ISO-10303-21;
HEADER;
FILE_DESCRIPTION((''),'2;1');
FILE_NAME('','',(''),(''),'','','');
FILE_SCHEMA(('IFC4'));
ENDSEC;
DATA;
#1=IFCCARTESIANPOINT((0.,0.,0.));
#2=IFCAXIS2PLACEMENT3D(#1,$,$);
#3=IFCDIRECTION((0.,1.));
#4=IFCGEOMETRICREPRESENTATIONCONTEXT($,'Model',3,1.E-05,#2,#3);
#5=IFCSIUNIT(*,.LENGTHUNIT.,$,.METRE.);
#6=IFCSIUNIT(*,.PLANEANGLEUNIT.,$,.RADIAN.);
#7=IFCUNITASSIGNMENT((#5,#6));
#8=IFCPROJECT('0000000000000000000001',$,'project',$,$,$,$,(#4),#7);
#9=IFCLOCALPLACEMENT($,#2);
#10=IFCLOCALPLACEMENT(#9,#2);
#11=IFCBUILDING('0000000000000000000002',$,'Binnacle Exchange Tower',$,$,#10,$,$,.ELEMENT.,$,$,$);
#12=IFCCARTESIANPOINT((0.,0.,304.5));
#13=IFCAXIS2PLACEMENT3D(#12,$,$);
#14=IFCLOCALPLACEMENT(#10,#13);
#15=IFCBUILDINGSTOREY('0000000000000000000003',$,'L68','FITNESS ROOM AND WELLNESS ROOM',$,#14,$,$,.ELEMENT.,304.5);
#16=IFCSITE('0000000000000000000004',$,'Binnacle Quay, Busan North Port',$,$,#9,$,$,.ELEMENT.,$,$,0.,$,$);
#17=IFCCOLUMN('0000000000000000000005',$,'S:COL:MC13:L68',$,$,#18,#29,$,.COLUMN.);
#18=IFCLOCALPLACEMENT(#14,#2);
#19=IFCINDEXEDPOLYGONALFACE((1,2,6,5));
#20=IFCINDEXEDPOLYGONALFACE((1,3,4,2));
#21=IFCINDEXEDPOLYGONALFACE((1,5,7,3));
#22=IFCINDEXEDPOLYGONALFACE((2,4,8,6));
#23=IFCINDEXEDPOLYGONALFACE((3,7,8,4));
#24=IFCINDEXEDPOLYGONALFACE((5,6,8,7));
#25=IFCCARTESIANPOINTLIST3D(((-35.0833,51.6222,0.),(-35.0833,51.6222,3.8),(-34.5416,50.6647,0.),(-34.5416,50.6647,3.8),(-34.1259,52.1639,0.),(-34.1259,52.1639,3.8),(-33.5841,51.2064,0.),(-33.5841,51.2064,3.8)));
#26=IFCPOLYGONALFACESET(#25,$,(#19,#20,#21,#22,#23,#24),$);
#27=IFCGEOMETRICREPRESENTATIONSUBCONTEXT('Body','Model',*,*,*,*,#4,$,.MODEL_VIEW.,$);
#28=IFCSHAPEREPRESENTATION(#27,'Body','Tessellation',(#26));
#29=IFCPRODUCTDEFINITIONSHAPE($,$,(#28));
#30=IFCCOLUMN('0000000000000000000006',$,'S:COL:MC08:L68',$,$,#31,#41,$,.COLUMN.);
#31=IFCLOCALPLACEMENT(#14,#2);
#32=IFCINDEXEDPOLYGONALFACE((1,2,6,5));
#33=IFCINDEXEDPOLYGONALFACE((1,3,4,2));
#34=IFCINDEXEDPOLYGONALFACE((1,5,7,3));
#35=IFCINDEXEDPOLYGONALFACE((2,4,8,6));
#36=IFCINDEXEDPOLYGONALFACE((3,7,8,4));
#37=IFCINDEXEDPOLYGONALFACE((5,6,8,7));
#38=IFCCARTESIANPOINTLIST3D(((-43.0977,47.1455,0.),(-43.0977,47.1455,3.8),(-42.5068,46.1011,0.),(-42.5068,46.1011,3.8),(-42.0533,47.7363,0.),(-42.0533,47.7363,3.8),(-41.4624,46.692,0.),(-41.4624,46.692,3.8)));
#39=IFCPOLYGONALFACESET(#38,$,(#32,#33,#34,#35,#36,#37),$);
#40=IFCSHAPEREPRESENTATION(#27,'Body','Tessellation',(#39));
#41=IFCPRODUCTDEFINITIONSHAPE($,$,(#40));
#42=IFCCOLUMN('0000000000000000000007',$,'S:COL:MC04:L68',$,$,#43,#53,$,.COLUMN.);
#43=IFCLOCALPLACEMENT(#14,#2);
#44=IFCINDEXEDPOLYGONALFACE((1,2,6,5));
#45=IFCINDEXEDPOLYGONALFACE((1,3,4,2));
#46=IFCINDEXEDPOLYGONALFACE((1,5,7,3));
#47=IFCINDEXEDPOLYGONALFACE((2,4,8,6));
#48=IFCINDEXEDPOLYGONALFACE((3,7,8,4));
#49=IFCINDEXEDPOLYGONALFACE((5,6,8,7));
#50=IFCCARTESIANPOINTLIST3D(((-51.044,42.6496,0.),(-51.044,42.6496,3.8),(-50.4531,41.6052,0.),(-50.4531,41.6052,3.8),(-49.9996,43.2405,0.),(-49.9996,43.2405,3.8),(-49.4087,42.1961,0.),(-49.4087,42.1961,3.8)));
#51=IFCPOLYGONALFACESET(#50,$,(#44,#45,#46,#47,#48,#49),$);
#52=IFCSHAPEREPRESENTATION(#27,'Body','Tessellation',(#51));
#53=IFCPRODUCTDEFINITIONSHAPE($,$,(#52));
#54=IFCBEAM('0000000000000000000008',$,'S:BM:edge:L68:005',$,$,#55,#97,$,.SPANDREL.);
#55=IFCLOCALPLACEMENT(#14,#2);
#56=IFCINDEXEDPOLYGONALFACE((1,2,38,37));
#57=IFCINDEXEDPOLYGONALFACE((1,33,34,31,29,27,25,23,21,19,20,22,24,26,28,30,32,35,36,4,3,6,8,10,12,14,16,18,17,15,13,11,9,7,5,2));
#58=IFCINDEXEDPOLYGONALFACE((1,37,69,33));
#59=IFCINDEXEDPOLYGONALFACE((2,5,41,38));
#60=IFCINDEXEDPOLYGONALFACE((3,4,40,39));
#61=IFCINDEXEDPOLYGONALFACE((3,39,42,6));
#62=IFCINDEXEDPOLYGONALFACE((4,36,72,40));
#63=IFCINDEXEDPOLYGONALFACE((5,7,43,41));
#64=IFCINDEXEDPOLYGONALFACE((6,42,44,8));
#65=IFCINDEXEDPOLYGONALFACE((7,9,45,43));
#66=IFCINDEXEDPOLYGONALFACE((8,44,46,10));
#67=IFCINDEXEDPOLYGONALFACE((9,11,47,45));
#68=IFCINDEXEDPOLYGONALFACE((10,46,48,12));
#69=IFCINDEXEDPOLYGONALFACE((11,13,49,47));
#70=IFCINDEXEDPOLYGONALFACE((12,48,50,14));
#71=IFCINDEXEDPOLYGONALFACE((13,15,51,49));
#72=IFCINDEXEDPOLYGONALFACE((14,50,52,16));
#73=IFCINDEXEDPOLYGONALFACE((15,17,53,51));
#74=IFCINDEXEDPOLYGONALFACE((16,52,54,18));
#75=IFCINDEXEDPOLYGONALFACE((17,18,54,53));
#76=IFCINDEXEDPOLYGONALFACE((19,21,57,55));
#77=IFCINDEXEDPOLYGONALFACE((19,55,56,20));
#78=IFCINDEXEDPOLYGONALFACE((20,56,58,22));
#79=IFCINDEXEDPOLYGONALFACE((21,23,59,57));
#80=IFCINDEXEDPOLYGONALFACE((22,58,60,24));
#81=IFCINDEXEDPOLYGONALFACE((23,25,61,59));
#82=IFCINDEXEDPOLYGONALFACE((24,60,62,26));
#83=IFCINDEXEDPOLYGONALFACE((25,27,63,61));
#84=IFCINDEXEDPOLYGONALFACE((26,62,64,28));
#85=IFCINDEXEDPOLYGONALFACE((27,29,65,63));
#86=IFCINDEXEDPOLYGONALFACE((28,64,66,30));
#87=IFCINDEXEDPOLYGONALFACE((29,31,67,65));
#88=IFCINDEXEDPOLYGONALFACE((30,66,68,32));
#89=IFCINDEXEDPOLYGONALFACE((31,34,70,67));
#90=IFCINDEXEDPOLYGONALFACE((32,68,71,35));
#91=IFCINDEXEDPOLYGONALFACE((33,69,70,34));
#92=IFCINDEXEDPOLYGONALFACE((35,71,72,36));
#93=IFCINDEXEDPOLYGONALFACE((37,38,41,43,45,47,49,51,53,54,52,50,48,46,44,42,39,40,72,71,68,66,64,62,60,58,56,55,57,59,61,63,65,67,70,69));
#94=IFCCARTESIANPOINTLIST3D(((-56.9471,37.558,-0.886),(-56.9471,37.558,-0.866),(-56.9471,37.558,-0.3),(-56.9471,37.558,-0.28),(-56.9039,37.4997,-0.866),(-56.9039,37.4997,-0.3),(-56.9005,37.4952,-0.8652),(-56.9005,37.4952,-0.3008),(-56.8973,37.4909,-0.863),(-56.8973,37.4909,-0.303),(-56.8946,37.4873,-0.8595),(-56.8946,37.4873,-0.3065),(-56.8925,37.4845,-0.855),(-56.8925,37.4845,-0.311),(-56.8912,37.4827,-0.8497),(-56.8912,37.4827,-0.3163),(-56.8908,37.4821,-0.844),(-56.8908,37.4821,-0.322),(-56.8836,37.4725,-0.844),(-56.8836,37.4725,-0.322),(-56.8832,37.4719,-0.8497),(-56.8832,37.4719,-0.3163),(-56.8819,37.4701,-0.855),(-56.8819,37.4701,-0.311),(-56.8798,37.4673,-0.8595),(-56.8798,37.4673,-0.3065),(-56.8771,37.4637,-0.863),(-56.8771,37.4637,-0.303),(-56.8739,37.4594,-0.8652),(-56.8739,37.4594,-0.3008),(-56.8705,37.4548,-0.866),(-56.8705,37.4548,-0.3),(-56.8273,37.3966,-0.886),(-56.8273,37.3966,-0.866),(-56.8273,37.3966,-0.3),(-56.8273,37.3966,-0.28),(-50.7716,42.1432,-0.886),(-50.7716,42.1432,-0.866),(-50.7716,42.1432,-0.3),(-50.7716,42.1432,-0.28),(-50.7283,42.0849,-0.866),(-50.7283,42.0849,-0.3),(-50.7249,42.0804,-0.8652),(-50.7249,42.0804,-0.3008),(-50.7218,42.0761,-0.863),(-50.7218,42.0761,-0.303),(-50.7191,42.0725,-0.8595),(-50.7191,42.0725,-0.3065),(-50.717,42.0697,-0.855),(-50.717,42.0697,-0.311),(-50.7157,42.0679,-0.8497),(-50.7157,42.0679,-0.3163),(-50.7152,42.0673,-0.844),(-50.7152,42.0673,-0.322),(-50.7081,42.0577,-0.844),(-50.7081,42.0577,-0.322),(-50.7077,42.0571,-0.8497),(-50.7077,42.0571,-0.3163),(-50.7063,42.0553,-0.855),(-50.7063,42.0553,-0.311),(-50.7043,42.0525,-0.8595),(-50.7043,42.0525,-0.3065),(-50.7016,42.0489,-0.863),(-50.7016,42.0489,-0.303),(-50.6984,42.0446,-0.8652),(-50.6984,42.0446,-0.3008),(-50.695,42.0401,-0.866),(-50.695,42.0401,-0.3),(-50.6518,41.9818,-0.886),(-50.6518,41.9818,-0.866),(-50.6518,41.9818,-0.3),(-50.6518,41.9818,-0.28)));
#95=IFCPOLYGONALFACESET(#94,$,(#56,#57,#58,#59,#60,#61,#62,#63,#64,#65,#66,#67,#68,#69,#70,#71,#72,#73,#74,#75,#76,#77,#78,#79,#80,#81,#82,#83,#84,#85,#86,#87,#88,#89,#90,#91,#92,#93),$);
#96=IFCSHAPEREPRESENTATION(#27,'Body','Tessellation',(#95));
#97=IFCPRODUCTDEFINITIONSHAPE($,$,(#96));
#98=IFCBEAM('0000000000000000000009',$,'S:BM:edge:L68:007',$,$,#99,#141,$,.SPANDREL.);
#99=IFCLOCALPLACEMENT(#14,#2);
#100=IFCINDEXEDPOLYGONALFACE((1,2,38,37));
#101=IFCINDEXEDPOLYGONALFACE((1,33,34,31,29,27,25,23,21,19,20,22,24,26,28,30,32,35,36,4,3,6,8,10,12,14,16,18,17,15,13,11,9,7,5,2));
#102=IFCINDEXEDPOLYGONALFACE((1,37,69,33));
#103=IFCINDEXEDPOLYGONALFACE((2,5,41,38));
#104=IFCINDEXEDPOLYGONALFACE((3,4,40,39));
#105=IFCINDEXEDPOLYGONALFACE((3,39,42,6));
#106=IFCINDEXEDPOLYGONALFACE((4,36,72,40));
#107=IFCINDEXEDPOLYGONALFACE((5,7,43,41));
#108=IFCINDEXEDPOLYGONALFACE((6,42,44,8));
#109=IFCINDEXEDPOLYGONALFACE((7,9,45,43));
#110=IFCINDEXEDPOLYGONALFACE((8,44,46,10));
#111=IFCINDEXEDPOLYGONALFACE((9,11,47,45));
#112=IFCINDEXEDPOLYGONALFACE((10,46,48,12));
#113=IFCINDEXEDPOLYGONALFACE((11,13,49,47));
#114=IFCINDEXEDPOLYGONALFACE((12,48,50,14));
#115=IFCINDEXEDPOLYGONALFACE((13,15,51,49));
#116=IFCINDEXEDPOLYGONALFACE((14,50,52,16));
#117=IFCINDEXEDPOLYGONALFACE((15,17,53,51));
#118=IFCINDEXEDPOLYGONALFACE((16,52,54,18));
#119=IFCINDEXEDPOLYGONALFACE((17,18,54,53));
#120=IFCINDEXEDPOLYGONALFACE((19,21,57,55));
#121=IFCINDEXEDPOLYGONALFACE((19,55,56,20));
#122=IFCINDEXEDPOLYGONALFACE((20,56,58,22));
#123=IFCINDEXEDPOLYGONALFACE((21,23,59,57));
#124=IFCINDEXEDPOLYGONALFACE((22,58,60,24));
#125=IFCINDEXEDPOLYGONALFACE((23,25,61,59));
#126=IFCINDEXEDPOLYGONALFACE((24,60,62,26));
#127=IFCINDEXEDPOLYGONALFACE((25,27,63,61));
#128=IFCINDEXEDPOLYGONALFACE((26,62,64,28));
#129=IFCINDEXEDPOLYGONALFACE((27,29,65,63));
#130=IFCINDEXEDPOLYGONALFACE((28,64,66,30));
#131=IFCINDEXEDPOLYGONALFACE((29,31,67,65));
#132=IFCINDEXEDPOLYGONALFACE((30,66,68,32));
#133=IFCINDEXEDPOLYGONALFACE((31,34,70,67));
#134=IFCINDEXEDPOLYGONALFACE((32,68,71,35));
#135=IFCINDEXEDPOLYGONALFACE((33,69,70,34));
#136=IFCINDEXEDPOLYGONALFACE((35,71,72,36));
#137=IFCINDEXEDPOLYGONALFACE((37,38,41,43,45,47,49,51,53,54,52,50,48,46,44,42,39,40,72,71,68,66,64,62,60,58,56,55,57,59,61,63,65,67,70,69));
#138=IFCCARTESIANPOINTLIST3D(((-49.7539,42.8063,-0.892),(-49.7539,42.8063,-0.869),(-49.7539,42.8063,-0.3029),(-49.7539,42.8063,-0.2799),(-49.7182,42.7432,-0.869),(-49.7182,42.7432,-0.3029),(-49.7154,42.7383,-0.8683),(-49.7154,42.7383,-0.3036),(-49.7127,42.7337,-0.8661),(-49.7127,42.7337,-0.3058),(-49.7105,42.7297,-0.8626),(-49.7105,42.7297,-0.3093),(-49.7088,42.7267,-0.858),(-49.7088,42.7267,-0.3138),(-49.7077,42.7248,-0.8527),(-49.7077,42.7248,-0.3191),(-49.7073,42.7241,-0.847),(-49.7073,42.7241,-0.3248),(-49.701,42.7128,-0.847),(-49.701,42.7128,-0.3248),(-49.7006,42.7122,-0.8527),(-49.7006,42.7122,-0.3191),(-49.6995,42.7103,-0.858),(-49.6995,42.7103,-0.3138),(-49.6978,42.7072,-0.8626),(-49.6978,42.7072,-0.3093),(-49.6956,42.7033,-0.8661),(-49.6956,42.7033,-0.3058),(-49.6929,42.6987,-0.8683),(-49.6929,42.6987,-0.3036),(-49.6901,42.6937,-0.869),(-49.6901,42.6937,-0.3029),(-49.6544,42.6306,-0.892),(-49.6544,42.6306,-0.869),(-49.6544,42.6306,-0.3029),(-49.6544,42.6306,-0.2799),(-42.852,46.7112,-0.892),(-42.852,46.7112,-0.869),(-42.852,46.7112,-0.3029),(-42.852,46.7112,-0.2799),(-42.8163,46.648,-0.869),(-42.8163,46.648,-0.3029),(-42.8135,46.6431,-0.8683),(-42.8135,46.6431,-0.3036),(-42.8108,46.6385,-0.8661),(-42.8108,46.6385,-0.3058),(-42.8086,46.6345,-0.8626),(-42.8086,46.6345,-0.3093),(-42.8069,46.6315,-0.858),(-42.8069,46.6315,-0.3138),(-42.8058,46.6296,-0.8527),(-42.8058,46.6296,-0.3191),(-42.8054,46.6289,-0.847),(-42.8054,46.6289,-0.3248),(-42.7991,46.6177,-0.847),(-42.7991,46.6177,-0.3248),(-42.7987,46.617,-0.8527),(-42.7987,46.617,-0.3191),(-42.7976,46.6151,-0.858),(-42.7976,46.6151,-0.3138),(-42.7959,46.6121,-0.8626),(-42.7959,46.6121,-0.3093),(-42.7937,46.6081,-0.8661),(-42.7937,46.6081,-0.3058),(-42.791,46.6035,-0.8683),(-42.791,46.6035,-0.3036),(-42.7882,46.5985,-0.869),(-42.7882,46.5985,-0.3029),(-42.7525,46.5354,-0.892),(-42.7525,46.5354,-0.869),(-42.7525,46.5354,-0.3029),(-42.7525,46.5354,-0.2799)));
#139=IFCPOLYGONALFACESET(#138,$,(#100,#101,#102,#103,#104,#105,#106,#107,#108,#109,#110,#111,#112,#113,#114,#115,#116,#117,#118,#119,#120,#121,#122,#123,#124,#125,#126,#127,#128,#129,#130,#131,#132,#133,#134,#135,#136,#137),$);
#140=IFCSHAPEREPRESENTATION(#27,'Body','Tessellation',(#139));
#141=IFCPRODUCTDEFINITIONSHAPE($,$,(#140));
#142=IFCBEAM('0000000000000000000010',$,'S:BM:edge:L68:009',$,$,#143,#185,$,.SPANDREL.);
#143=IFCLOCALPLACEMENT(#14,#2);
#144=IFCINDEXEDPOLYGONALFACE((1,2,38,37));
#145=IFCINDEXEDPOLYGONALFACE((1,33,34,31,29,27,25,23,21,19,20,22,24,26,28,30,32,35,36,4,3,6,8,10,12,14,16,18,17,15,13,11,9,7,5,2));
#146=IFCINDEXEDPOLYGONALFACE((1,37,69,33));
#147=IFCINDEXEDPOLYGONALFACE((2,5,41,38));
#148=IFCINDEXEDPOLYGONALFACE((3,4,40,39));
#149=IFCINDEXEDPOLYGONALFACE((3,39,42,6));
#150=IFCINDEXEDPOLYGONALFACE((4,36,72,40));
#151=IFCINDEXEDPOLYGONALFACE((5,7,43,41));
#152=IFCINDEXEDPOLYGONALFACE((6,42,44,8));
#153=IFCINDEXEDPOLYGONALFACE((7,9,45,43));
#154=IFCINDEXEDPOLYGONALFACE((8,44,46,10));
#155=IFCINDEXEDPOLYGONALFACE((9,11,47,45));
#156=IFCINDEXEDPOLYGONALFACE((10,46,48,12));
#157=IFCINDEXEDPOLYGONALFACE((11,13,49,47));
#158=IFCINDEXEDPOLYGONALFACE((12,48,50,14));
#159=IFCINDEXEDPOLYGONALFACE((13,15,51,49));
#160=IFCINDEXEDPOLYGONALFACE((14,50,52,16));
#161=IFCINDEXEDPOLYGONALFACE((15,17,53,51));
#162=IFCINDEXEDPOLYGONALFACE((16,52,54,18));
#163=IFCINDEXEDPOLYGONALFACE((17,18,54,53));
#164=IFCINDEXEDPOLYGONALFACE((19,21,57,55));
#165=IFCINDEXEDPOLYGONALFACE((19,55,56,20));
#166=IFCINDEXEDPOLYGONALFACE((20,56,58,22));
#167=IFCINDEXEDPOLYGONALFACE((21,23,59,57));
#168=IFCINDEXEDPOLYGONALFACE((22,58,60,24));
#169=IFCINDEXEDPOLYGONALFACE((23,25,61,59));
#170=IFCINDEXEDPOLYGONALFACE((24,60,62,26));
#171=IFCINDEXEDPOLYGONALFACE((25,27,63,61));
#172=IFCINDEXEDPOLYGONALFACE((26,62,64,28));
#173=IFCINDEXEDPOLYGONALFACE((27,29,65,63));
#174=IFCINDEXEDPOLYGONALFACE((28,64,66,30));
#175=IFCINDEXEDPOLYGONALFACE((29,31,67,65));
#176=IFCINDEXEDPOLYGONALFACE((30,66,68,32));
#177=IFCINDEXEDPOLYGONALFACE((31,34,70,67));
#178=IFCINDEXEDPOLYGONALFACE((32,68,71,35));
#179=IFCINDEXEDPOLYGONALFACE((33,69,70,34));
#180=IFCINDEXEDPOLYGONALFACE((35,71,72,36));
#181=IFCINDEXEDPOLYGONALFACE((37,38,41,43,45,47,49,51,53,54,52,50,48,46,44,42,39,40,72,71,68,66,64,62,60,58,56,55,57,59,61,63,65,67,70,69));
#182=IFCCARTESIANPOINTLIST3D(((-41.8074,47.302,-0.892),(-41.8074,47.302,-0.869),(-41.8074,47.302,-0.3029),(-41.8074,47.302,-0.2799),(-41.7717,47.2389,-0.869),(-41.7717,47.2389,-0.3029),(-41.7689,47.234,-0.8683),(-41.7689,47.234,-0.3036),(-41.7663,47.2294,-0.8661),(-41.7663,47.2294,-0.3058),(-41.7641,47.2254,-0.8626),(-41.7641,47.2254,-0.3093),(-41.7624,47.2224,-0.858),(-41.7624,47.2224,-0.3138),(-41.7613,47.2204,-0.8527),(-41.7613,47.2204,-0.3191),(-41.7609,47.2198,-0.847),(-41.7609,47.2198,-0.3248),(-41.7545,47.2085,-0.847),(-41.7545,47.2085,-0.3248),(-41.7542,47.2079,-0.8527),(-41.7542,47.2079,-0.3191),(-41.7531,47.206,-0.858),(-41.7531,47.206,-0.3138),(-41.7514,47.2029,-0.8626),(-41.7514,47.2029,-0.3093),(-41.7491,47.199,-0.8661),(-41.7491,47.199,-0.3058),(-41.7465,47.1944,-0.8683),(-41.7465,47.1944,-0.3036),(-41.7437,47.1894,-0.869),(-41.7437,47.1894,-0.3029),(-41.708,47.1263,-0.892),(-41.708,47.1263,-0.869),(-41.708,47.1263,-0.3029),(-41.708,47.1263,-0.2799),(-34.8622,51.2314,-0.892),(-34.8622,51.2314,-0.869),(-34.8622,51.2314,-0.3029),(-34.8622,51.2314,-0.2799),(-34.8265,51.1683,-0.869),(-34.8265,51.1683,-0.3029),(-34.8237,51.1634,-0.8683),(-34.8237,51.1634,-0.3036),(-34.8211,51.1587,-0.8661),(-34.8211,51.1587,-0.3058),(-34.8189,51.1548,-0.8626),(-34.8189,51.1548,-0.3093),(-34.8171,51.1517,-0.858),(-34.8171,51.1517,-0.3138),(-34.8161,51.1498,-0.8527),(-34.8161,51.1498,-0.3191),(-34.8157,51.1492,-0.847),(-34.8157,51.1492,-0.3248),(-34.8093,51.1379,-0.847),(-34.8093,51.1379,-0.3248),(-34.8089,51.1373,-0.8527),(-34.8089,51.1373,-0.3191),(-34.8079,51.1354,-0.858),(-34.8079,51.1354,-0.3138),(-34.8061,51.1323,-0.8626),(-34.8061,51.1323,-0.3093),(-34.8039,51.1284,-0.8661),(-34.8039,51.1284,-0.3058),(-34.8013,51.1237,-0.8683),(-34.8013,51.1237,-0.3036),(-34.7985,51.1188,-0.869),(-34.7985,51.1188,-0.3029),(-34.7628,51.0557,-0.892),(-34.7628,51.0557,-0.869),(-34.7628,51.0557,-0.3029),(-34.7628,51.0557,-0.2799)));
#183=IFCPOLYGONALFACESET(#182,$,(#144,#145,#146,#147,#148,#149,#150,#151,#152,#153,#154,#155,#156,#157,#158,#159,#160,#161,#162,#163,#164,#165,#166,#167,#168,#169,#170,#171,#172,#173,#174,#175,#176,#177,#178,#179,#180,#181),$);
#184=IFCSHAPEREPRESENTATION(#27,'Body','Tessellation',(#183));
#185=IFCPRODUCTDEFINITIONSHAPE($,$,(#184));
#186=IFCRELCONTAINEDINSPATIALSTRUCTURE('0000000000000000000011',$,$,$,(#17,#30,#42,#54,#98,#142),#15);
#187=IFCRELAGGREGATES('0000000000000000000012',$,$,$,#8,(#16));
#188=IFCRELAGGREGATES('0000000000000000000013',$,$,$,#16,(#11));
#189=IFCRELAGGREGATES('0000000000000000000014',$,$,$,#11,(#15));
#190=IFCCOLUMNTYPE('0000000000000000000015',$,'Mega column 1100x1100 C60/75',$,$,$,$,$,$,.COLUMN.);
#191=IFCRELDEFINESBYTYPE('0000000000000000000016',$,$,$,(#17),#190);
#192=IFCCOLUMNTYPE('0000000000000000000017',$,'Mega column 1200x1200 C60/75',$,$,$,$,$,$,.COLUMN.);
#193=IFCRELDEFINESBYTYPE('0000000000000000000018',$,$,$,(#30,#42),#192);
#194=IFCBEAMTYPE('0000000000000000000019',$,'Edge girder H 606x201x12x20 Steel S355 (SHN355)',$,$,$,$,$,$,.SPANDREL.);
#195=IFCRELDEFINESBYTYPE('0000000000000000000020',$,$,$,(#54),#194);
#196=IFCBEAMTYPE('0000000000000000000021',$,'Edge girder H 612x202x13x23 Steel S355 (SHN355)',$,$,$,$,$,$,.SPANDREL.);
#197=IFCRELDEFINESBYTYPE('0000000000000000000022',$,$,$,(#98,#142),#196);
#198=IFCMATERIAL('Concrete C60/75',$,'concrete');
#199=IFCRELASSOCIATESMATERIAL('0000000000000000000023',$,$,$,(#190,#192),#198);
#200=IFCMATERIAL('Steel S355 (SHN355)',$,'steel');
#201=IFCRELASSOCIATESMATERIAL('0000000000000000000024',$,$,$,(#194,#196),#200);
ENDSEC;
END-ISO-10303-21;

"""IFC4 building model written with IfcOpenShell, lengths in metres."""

from ifc_helpers import new_model, si_unit, direction, frame, origin, origin_2d, place, context, subcontext, project, spatial, rectangle, i_section, extrude, material, material_profile, profile_set, type_object, element, save


model = new_model("IFC4")

# Units and contexts
model_context = context("Model", 3, precision=1e-05, world=origin(), true_north=direction((0.0, 1.0)))
body_context = subcontext(model_context, "Body", "Model", "MODEL_VIEW")
ifc_project = project(units=[si_unit("LENGTHUNIT", "METRE"), si_unit("PLANEANGLEUNIT", "RADIAN")], contexts=[model_context])

# Site, building, storey
site_placement = place(None, origin())
site = spatial("IfcSite", under=ifc_project, at=site_placement, Name="Binnacle Quay, Busan North Port", CompositionType="ELEMENT", RefElevation=0.0)
building_placement = place(site_placement, origin())
building = spatial("IfcBuilding", under=site, at=building_placement, Name="Binnacle Exchange Tower", CompositionType="ELEMENT")
storey_placement = place(building_placement, frame((0.0, 0.0, 304.5)))
storey = spatial("IfcBuildingStorey", under=building, at=storey_placement, Name="L68", Description="FITNESS ROOM AND WELLNESS ROOM", CompositionType="ELEMENT", Elevation=304.5)

# Columns
ifc_material_1 = material(Name="Concrete C60/75", Category="concrete")
ifc_material_profile_1 = material_profile(ifc_material_1, rectangle(XDim=1.1001, YDim=1.1001, at=origin_2d()), Name="Mega column 1100x1100 C60/75")
ifc_profile_set_1 = profile_set([ifc_material_profile_1], Name="Concrete C60/75")
column_type_1 = type_object("IfcColumnType", Name="Mega column 1100x1100 C60/75", PredefinedType="COLUMN", material=ifc_profile_set_1)
column_placement = place(storey_placement, frame((-34.3337, 51.4143, 0.0), z_axis=(0.0, 0.0, 1.0), x_axis=(-0.870356, -0.492424, 0.0)))
element("IfcColumn", 1, at=column_placement, inside=storey, type_object=column_type_1, Name="S:COL:MC13:L68", PredefinedType="COLUMN", context=body_context, shape_type="SweptSolid", body=[
    extrude(rectangle(XDim=1.1001, YDim=1.1001, at=origin_2d()), origin(), (0.0, 0.0, 1.0), 3.8),
])
ifc_material_profile_2 = material_profile(ifc_material_1, rectangle(XDim=1.2, YDim=1.2, at=origin_2d()), Name="Mega column 1200x1200 C60/75")
ifc_profile_set_2 = profile_set([ifc_material_profile_2], Name="Concrete C60/75")
column_type_2 = type_object("IfcColumnType", Name="Mega column 1200x1200 C60/75", PredefinedType="COLUMN", material=ifc_profile_set_2)
for number, where, z_axis, x_axis, name in (
    (2, (-42.28, 46.9187, 0.0), (0.0, 0.0, 1.0), (-0.870356, -0.492424, 0.0), "S:COL:MC08:L68"),
    (3, (-50.2263, 42.4229, 0.0), (0.0, 0.0, 1.0), (-0.870356, -0.492424, 0.0), "S:COL:MC04:L68"),
):
    element("IfcColumn", number, at=place(storey_placement, frame(where, z_axis=z_axis, x_axis=x_axis)), inside=storey, type_object=column_type_2, Name=name, PredefinedType="COLUMN", context=body_context, shape_type="SweptSolid", body=[
        extrude(rectangle(XDim=1.2, YDim=1.2, at=origin_2d()), origin(), (0.0, 0.0, 1.0), 3.8),
    ])

# Beams
ifc_material_2 = material(Name="Steel S355 (SHN355)", Category="steel")
ifc_material_profile_3 = material_profile(ifc_material_2, i_section(OverallWidth=0.2009, OverallDepth=0.606, WebThickness=0.012, FlangeThickness=0.02, FilletRadius=0.022, at=origin_2d()), Name="H 606x201x12x20")
ifc_profile_set_3 = profile_set([ifc_material_profile_3], Name="Steel S355 (SHN355)")
beam_type_1 = type_object("IfcBeamType", Name="Edge girder H 606x201x12x20 Steel S355 (SHN355)", PredefinedType="SPANDREL", material=ifc_profile_set_3)
beam_1_placement = place(storey_placement, frame((-50.7117, 42.0625, -0.583), z_axis=(-0.802889, -0.596128, 0.0), x_axis=(0.596128, -0.802889, 0.0)))
element("IfcBeam", 4, at=beam_1_placement, inside=storey, type_object=beam_type_1, Name="S:BM:edge:L68:005", PredefinedType="SPANDREL", context=body_context, shape_type="SweptSolid", body=[
    extrude(i_section(OverallWidth=0.2009, OverallDepth=0.606, WebThickness=0.012, FlangeThickness=0.02, FilletRadius=0.022, at=origin_2d()), origin(), (0.0, 0.0, 1.0), 7.6917),
])
ifc_material_profile_4 = material_profile(ifc_material_2, i_section(OverallWidth=0.2019, OverallDepth=0.6121, WebThickness=0.0129, FlangeThickness=0.0229, FilletRadius=0.022, at=origin_2d()), Name="H 612x202x13x23")
ifc_profile_set_4 = profile_set([ifc_material_profile_4], Name="Steel S355 (SHN355)")
beam_type_2 = type_object("IfcBeamType", Name="Edge girder H 612x202x13x23 Steel S355 (SHN355)", PredefinedType="SPANDREL", material=ifc_profile_set_4)
beam_2_placement = place(storey_placement, frame((-42.8022, 46.6233, -0.5859), z_axis=(-0.870361, -0.492414, 0.0), x_axis=(0.492414, -0.870361, 0.0)))
element("IfcBeam", 5, at=beam_2_placement, inside=storey, type_object=beam_type_2, Name="S:BM:edge:L68:007", PredefinedType="SPANDREL", context=body_context, shape_type="SweptSolid", body=[
    extrude(i_section(OverallWidth=0.2019, OverallDepth=0.6121, WebThickness=0.0129, FlangeThickness=0.0229, FilletRadius=0.022, at=origin_2d()), origin(), (0.0, 0.0, 1.0), 7.9299),
])
beam_3_placement = place(storey_placement, frame((-34.8125, 51.1436, -0.5859), z_axis=(-0.870357, -0.492421, 0.0), x_axis=(0.492421, -0.870357, 0.0)))
element("IfcBeam", 6, at=beam_3_placement, inside=storey, type_object=beam_type_2, Name="S:BM:edge:L68:009", PredefinedType="SPANDREL", context=body_context, shape_type="SweptSolid", body=[
    extrude(i_section(OverallWidth=0.2019, OverallDepth=0.6121, WebThickness=0.0129, FlangeThickness=0.0229, FilletRadius=0.022, at=origin_2d()), origin(), (0.0, 0.0, 1.0), 7.9797),
])

save(model, "model.ifc")
